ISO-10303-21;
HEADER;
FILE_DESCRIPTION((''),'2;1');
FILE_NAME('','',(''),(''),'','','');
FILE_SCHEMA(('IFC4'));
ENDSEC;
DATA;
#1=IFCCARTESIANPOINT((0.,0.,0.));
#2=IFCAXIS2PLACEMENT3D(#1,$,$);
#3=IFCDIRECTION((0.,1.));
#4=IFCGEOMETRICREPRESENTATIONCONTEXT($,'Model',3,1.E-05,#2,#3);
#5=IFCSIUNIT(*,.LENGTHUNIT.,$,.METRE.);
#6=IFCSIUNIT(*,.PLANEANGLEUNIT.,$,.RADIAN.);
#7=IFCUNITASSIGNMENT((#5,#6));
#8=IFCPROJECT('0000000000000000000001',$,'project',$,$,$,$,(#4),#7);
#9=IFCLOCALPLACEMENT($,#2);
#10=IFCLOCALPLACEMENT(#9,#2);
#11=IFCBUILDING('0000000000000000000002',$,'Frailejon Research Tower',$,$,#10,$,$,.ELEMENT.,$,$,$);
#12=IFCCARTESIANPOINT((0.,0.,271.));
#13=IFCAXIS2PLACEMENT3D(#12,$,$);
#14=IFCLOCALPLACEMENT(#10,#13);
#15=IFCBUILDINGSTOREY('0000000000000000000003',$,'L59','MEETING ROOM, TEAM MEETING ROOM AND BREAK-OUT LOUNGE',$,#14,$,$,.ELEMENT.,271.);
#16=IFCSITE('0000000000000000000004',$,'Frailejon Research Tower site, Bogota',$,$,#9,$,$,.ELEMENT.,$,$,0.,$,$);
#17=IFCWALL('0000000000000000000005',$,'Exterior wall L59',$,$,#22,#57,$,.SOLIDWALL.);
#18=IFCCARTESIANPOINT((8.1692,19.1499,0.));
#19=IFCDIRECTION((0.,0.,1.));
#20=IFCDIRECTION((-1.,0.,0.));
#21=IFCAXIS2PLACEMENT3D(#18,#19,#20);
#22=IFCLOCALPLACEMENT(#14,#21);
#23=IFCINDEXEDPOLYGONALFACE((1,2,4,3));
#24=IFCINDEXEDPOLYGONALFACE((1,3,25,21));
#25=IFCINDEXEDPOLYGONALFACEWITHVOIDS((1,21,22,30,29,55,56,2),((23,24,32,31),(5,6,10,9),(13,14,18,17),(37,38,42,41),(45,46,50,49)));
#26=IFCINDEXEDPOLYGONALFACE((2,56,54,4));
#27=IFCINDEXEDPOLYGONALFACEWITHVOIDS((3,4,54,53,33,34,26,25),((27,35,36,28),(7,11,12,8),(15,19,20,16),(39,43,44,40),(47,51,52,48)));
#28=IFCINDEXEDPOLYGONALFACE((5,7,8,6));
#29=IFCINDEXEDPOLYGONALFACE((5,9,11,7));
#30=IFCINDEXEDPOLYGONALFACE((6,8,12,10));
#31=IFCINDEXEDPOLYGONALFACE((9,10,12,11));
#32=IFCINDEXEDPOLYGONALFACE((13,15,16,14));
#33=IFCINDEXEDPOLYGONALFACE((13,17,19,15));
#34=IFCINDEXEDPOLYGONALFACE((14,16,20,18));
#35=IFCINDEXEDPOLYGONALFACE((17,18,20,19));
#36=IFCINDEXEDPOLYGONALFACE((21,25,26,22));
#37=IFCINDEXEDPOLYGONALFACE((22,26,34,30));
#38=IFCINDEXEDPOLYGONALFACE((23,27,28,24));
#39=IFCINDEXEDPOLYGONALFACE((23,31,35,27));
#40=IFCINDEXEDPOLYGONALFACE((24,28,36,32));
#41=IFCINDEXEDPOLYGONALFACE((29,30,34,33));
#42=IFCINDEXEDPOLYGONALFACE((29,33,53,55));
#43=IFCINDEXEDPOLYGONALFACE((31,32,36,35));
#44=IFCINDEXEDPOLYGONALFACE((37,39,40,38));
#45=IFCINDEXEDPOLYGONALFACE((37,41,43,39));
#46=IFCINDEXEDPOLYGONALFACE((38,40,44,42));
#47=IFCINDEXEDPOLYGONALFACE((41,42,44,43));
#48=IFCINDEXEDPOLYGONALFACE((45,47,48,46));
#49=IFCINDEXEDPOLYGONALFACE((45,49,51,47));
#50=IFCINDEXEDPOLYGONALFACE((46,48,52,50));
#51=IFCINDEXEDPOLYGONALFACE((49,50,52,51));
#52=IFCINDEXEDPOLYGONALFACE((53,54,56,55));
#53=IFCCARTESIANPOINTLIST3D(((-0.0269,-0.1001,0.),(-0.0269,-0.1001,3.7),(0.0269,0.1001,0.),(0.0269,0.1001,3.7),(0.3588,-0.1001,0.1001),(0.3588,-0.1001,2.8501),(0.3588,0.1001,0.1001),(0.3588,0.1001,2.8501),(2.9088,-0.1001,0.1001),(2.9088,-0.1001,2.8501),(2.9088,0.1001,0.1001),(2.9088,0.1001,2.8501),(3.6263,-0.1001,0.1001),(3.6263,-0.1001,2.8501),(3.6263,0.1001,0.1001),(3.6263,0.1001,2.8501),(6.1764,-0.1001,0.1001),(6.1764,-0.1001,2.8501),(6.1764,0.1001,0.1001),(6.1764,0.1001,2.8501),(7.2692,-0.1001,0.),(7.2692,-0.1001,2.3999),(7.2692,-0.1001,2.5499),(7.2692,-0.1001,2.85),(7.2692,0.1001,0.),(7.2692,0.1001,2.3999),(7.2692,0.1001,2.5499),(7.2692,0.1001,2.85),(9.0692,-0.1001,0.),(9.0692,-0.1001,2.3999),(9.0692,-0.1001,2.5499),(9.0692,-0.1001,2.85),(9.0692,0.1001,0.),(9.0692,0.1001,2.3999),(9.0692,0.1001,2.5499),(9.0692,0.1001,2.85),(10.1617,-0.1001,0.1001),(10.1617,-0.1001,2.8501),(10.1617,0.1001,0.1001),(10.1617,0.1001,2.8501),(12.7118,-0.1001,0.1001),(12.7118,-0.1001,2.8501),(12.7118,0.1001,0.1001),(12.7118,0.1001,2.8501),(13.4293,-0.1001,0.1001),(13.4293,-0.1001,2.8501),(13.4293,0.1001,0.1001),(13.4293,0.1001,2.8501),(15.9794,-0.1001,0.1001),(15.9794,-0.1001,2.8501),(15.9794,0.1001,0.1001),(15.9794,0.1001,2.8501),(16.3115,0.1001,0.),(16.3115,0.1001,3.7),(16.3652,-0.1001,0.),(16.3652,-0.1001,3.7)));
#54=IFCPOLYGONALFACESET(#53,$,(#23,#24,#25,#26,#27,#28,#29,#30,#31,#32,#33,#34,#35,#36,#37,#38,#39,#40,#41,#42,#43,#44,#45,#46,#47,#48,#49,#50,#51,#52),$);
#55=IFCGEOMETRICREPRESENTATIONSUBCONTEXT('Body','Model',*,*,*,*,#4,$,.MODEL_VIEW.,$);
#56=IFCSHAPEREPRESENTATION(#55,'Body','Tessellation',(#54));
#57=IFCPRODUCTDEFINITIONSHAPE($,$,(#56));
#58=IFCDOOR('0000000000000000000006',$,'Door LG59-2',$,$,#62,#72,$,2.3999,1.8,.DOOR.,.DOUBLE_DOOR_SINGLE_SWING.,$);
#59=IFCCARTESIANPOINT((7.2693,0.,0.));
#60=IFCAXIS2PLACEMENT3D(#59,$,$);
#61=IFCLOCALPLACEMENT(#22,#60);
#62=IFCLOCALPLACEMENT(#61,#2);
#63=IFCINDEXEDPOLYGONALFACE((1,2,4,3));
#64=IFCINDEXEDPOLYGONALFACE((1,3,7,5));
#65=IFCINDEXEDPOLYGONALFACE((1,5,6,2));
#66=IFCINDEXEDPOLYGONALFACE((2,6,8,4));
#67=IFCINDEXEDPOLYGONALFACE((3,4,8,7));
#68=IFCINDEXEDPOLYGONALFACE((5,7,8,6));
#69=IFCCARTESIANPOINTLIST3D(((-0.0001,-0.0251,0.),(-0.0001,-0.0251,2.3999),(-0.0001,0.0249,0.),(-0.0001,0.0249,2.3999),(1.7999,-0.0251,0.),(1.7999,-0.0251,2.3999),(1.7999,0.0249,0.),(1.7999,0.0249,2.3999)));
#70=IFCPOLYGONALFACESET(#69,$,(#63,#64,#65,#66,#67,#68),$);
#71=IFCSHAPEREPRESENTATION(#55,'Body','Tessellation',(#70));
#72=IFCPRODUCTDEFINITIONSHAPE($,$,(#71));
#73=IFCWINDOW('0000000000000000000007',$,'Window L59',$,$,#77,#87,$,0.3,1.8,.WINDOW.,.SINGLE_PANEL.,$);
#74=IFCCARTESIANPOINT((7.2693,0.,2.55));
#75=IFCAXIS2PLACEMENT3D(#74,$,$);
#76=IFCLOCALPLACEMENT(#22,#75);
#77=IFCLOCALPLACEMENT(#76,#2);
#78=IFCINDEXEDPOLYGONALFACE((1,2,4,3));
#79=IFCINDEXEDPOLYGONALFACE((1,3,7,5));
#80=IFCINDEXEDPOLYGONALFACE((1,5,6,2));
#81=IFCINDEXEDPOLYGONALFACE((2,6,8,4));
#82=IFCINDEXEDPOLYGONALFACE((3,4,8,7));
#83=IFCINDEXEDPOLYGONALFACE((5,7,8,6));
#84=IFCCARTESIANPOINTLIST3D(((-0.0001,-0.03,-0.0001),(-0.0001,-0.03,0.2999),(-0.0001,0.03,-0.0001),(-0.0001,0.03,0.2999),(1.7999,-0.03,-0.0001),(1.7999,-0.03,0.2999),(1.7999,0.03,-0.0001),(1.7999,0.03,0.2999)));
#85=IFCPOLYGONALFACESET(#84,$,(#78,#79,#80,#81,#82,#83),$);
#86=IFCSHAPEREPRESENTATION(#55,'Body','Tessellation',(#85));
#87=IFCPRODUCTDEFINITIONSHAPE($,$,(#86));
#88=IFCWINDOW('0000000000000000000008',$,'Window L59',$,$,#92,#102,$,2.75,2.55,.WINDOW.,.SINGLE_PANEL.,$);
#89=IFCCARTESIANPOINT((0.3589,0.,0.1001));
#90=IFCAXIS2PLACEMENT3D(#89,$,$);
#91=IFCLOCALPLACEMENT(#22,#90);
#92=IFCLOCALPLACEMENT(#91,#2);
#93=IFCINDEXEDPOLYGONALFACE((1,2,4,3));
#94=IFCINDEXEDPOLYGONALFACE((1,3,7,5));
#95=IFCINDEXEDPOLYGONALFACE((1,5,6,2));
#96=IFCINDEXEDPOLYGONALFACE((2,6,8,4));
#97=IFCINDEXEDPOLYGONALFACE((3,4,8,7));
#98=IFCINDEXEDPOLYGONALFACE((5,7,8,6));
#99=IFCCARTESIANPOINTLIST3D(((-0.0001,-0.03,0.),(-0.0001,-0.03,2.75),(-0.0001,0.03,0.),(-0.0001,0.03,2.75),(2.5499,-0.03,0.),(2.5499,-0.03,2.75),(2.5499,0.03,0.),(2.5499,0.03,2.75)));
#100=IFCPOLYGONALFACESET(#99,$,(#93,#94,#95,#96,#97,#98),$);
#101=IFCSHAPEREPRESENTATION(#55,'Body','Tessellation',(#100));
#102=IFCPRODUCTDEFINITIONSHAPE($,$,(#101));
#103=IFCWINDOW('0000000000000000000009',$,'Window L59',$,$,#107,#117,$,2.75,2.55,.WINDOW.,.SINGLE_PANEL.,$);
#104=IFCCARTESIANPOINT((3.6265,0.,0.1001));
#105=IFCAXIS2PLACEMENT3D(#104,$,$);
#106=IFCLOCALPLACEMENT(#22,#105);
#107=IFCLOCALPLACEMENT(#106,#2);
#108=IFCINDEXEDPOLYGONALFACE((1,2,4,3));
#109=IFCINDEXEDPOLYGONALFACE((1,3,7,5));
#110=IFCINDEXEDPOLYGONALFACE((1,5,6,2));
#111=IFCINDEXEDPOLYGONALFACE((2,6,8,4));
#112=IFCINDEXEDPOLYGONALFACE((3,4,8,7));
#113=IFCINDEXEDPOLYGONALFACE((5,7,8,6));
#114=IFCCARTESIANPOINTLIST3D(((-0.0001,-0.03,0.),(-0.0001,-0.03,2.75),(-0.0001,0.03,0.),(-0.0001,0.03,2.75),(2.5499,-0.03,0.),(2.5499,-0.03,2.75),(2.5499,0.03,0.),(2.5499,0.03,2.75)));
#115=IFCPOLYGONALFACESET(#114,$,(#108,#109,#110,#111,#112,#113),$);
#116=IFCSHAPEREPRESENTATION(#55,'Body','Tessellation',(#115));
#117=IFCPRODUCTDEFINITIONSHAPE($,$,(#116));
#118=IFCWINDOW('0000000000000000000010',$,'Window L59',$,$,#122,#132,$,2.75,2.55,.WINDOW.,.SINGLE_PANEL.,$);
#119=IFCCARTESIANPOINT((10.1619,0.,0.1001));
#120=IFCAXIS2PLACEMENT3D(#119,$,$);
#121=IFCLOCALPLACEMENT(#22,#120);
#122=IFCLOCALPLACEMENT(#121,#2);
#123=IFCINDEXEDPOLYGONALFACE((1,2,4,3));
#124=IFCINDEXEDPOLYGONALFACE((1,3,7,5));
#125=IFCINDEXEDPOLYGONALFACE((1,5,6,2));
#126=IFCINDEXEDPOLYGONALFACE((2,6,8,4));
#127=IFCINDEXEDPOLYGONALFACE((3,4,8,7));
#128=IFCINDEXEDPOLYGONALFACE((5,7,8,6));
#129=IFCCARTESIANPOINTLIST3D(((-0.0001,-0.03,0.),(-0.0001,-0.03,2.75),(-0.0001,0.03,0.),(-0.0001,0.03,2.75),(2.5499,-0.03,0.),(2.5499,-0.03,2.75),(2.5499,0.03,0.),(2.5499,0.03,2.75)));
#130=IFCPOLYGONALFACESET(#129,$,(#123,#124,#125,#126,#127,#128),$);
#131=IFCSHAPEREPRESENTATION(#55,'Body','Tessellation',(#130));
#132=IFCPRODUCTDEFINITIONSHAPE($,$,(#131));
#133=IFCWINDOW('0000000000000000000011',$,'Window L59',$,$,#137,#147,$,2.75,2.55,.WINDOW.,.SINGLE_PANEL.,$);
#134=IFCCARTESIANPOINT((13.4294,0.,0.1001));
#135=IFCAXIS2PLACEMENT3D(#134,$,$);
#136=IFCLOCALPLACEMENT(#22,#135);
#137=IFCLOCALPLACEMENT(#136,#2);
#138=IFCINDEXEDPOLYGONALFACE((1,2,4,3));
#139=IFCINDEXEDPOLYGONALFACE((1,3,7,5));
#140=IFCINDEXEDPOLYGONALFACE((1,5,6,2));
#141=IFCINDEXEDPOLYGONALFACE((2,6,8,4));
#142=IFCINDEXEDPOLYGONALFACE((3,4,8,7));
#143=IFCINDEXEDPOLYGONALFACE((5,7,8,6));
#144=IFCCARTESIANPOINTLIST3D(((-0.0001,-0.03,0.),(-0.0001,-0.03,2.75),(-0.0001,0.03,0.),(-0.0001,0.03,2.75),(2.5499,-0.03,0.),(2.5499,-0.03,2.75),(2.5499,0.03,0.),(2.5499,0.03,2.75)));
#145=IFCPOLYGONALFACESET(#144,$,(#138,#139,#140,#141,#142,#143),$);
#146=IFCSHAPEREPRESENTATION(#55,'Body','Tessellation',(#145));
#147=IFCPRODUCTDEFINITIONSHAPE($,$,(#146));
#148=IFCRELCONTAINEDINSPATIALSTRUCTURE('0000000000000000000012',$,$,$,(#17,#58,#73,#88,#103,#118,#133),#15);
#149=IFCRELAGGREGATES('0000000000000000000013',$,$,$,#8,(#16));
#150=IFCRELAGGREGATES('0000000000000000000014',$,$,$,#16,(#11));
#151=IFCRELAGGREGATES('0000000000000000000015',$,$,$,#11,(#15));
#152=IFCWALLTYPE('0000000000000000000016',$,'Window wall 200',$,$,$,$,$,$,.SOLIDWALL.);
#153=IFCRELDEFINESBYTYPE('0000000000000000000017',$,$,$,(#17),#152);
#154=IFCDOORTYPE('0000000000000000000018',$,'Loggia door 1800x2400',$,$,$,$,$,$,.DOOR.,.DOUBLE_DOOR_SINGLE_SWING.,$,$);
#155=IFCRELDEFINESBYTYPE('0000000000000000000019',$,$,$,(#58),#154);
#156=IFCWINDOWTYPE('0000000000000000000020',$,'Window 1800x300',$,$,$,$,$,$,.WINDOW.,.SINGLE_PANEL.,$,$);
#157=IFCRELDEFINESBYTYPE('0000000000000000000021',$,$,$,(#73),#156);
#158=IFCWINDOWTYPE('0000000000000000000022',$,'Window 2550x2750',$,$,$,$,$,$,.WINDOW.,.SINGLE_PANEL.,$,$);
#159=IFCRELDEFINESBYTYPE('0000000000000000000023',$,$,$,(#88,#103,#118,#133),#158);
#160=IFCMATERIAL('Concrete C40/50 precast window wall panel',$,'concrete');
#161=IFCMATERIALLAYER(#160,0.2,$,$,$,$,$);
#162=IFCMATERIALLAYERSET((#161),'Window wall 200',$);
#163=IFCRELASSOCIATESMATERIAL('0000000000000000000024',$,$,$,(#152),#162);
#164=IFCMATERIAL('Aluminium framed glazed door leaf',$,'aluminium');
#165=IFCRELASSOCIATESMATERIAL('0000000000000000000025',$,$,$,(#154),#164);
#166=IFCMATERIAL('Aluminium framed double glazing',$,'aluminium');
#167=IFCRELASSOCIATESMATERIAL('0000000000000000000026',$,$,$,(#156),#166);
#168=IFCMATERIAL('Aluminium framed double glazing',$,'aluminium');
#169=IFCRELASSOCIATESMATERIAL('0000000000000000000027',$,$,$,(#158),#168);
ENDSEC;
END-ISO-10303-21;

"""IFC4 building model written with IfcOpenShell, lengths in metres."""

from ifc_helpers import new_model, si_unit, direction, frame, frame_2d, origin, place, context, subcontext, project, spatial, polyline, rectangle, outline, extrude, material, layer, layer_set, type_object, element, fill, save


model = new_model("IFC4")

# Units and contexts
model_context = context("Model", 3, precision=1e-05, world=origin(), true_north=direction((0.0, 1.0)))
body_context = subcontext(model_context, "Body", "Model", "MODEL_VIEW")
ifc_project = project(units=[si_unit("LENGTHUNIT", "METRE"), si_unit("PLANEANGLEUNIT", "RADIAN")], contexts=[model_context])

# Site, building, storey
site_placement = place(None, origin())
site = spatial("IfcSite", under=ifc_project, at=site_placement, Name="Frailejon Research Tower site, Bogota", CompositionType="ELEMENT", RefElevation=0.0)
building_placement = place(site_placement, origin())
building = spatial("IfcBuilding", under=site, at=building_placement, Name="Frailejon Research Tower", CompositionType="ELEMENT")
storey_placement = place(building_placement, frame((0.0, 0.0, 271.0)))
storey = spatial("IfcBuildingStorey", under=building, at=storey_placement, Name="L59", Description="MEETING ROOM, TEAM MEETING ROOM AND BREAK-OUT LOUNGE", CompositionType="ELEMENT", Elevation=271.0)

# Wall, openings, door, windows
ifc_material_1 = material(Name="Concrete C40/50 precast window wall panel", Category="concrete")
ifc_layer_1 = layer(ifc_material_1, 0.2)
ifc_layer_set_1 = layer_set([ifc_layer_1], Name="Window wall 200")
wall_type_1 = type_object("IfcWallType", Name="Window wall 200", PredefinedType="SOLIDWALL", material=ifc_layer_set_1)
wall_1_placement = place(storey_placement, frame((8.1692, 19.1499, 0.0), z_axis=(0.0, 0.0, 1.0), x_axis=(-1.0, 0.0, 0.0)))
wall_1 = element("IfcWall", 1, at=wall_1_placement, inside=storey, type_object=wall_type_1, Name="Exterior wall L59", PredefinedType="SOLIDWALL", context=body_context, shape_type="SweptSolid", body=[
    extrude(outline(polyline([(-0.0269, -0.1001), (0.9976, -0.1001), (2.0222, -0.1001), (3.0466, -0.1001), (4.0713, -0.1001), (5.0957, -0.1001), (6.1201, -0.1001), (7.1448, -0.1001), (8.1692, -0.1001), (9.1936, -0.1001), (10.2183, -0.1001), (11.2427, -0.1001), (12.2671, -0.1001), (13.2917, -0.1001), (14.3162, -0.1001), (15.3408, -0.1001), (16.3652, -0.1001), (16.3115, 0.1001), (15.2937, 0.1001), (14.2759, 0.1001), (13.2581, 0.1001), (12.2402, 0.1001), (11.2227, 0.1001), (10.2048, 0.1001), (9.187, 0.1001), (8.1692, 0.1001), (7.1514, 0.1001), (6.1335, 0.1001), (5.1157, 0.1001), (4.0981, 0.1001), (3.0803, 0.1001), (2.0625, 0.1001), (1.0447, 0.1001), (0.0269, 0.1001), (-0.0269, -0.1001)])), origin(), (0.0, 0.0, 1.0), 3.7),
])
opening_1_placement = place(wall_1_placement, frame((0.3589, 0.0, 0.1001)))
opening_1 = element("IfcOpeningElement", 2, at=opening_1_placement, cuts=wall_1, PredefinedType="OPENING", context=body_context, shape_type="SweptSolid", body=[
    extrude(rectangle(XDim=2.55, YDim=2.75, at=frame_2d((1.2749, 1.375))), frame((0.0, 0.1099, 0.0), z_axis=(0.0, -1.0, 0.0), x_axis=(1.0, 0.0, 0.0)), (0.0, 0.0, 1.0), 0.22),
])
opening_2_placement = place(wall_1_placement, frame((3.6265, 0.0, 0.1001)))
opening_2 = element("IfcOpeningElement", 3, at=opening_2_placement, cuts=wall_1, PredefinedType="OPENING", context=body_context, shape_type="SweptSolid", body=[
    extrude(rectangle(XDim=2.55, YDim=2.75, at=frame_2d((1.2749, 1.375))), frame((0.0, 0.1099, 0.0), z_axis=(0.0, -1.0, 0.0), x_axis=(1.0, 0.0, 0.0)), (0.0, 0.0, 1.0), 0.22),
])
opening_3_placement = place(wall_1_placement, frame((7.2693, 0.0, 0.0)))
opening_3 = element("IfcOpeningElement", 4, at=opening_3_placement, cuts=wall_1, PredefinedType="OPENING", context=body_context, shape_type="SweptSolid", body=[
    extrude(rectangle(XDim=1.8, YDim=2.3999, at=frame_2d((0.8999, 1.2))), frame((0.0, 0.1099, 0.0), z_axis=(0.0, -1.0, 0.0), x_axis=(1.0, 0.0, 0.0)), (0.0, 0.0, 1.0), 0.22),
])
opening_4_placement = place(wall_1_placement, frame((7.2693, 0.0, 2.55)))
opening_4 = element("IfcOpeningElement", 5, at=opening_4_placement, cuts=wall_1, PredefinedType="OPENING", context=body_context, shape_type="SweptSolid", body=[
    extrude(rectangle(XDim=1.8, YDim=0.3, at=frame_2d((0.8999, 0.1499))), frame((0.0, 0.1099, 0.0), z_axis=(0.0, -1.0, 0.0), x_axis=(1.0, 0.0, 0.0)), (0.0, 0.0, 1.0), 0.22),
])
opening_5_placement = place(wall_1_placement, frame((10.1619, 0.0, 0.1001)))
opening_5 = element("IfcOpeningElement", 6, at=opening_5_placement, cuts=wall_1, PredefinedType="OPENING", context=body_context, shape_type="SweptSolid", body=[
    extrude(rectangle(XDim=2.55, YDim=2.75, at=frame_2d((1.2749, 1.375))), frame((0.0, 0.1099, 0.0), z_axis=(0.0, -1.0, 0.0), x_axis=(1.0, 0.0, 0.0)), (0.0, 0.0, 1.0), 0.22),
])
opening_6_placement = place(wall_1_placement, frame((13.4294, 0.0, 0.1001)))
opening_6 = element("IfcOpeningElement", 7, at=opening_6_placement, cuts=wall_1, PredefinedType="OPENING", context=body_context, shape_type="SweptSolid", body=[
    extrude(rectangle(XDim=2.55, YDim=2.75, at=frame_2d((1.2749, 1.375))), frame((0.0, 0.1099, 0.0), z_axis=(0.0, -1.0, 0.0), x_axis=(1.0, 0.0, 0.0)), (0.0, 0.0, 1.0), 0.22),
])
ifc_material_2 = material(Name="Aluminium framed glazed door leaf", Category="aluminium")
door_type = type_object("IfcDoorType", Name="Loggia door 1800x2400", OperationType="DOUBLE_DOOR_SINGLE_SWING", PredefinedType="DOOR", material=ifc_material_2)
door_placement = place(opening_3_placement, origin())
door = element("IfcDoor", 8, at=door_placement, inside=storey, type_object=door_type, Name="Door LG59-2", OperationType="DOUBLE_DOOR_SINGLE_SWING", OverallHeight=2.3999, OverallWidth=1.8, PredefinedType="DOOR", context=body_context, shape_type="SweptSolid", body=[
    extrude(rectangle(XDim=1.8, YDim=2.3999, at=frame_2d((0.8999, 1.2))), frame((0.0, 0.0249, 0.0), z_axis=(0.0, -1.0, 0.0), x_axis=(1.0, 0.0, 0.0)), (0.0, 0.0, 1.0), 0.05),
])
fill(opening_3, door)
ifc_material_3 = material(Name="Aluminium framed double glazing", Category="aluminium")
window_type_1 = type_object("IfcWindowType", Name="Window 1800x300", PartitioningType="SINGLE_PANEL", PredefinedType="WINDOW", material=ifc_material_3)
window_1_placement = place(opening_4_placement, origin())
window_1 = element("IfcWindow", 9, at=window_1_placement, inside=storey, type_object=window_type_1, Name="Window L59", OverallHeight=0.3, OverallWidth=1.8, PartitioningType="SINGLE_PANEL", PredefinedType="WINDOW", context=body_context, shape_type="SweptSolid", body=[
    extrude(rectangle(XDim=1.8, YDim=0.3, at=frame_2d((0.8999, 0.1499))), frame((0.0, 0.03, 0.0), z_axis=(0.0, -1.0, 0.0), x_axis=(1.0, 0.0, 0.0)), (0.0, 0.0, 1.0), 0.0601),
])
fill(opening_4, window_1)
ifc_material_4 = material(Name="Aluminium framed double glazing", Category="aluminium")
window_type_2 = type_object("IfcWindowType", Name="Window 2550x2750", PartitioningType="SINGLE_PANEL", PredefinedType="WINDOW", material=ifc_material_4)
window_2_placement = place(opening_1_placement, origin())
window_2 = element("IfcWindow", 10, at=window_2_placement, inside=storey, type_object=window_type_2, Name="Window L59", OverallHeight=2.75, OverallWidth=2.55, PartitioningType="SINGLE_PANEL", PredefinedType="WINDOW", context=body_context, shape_type="SweptSolid", body=[
    extrude(rectangle(XDim=2.55, YDim=2.75, at=frame_2d((1.2749, 1.375))), frame((0.0, 0.03, 0.0), z_axis=(0.0, -1.0, 0.0), x_axis=(1.0, 0.0, 0.0)), (0.0, 0.0, 1.0), 0.0601),
])
fill(opening_1, window_2)
window_3_placement = place(opening_2_placement, origin())
window_3 = element("IfcWindow", 11, at=window_3_placement, inside=storey, type_object=window_type_2, Name="Window L59", OverallHeight=2.75, OverallWidth=2.55, PartitioningType="SINGLE_PANEL", PredefinedType="WINDOW", context=body_context, shape_type="SweptSolid", body=[
    extrude(rectangle(XDim=2.55, YDim=2.75, at=frame_2d((1.2749, 1.375))), frame((0.0, 0.03, 0.0), z_axis=(0.0, -1.0, 0.0), x_axis=(1.0, 0.0, 0.0)), (0.0, 0.0, 1.0), 0.0601),
])
fill(opening_2, window_3)
window_4_placement = place(opening_5_placement, origin())
window_4 = element("IfcWindow", 12, at=window_4_placement, inside=storey, type_object=window_type_2, Name="Window L59", OverallHeight=2.75, OverallWidth=2.55, PartitioningType="SINGLE_PANEL", PredefinedType="WINDOW", context=body_context, shape_type="SweptSolid", body=[
    extrude(rectangle(XDim=2.55, YDim=2.75, at=frame_2d((1.2749, 1.375))), frame((0.0, 0.03, 0.0), z_axis=(0.0, -1.0, 0.0), x_axis=(1.0, 0.0, 0.0)), (0.0, 0.0, 1.0), 0.0601),
])
fill(opening_5, window_4)
window_5_placement = place(opening_6_placement, origin())
window_5 = element("IfcWindow", 13, at=window_5_placement, inside=storey, type_object=window_type_2, Name="Window L59", OverallHeight=2.75, OverallWidth=2.55, PartitioningType="SINGLE_PANEL", PredefinedType="WINDOW", context=body_context, shape_type="SweptSolid", body=[
    extrude(rectangle(XDim=2.55, YDim=2.75, at=frame_2d((1.2749, 1.375))), frame((0.0, 0.03, 0.0), z_axis=(0.0, -1.0, 0.0), x_axis=(1.0, 0.0, 0.0)), (0.0, 0.0, 1.0), 0.0601),
])
fill(opening_6, window_5)

save(model, "model.ifc")
